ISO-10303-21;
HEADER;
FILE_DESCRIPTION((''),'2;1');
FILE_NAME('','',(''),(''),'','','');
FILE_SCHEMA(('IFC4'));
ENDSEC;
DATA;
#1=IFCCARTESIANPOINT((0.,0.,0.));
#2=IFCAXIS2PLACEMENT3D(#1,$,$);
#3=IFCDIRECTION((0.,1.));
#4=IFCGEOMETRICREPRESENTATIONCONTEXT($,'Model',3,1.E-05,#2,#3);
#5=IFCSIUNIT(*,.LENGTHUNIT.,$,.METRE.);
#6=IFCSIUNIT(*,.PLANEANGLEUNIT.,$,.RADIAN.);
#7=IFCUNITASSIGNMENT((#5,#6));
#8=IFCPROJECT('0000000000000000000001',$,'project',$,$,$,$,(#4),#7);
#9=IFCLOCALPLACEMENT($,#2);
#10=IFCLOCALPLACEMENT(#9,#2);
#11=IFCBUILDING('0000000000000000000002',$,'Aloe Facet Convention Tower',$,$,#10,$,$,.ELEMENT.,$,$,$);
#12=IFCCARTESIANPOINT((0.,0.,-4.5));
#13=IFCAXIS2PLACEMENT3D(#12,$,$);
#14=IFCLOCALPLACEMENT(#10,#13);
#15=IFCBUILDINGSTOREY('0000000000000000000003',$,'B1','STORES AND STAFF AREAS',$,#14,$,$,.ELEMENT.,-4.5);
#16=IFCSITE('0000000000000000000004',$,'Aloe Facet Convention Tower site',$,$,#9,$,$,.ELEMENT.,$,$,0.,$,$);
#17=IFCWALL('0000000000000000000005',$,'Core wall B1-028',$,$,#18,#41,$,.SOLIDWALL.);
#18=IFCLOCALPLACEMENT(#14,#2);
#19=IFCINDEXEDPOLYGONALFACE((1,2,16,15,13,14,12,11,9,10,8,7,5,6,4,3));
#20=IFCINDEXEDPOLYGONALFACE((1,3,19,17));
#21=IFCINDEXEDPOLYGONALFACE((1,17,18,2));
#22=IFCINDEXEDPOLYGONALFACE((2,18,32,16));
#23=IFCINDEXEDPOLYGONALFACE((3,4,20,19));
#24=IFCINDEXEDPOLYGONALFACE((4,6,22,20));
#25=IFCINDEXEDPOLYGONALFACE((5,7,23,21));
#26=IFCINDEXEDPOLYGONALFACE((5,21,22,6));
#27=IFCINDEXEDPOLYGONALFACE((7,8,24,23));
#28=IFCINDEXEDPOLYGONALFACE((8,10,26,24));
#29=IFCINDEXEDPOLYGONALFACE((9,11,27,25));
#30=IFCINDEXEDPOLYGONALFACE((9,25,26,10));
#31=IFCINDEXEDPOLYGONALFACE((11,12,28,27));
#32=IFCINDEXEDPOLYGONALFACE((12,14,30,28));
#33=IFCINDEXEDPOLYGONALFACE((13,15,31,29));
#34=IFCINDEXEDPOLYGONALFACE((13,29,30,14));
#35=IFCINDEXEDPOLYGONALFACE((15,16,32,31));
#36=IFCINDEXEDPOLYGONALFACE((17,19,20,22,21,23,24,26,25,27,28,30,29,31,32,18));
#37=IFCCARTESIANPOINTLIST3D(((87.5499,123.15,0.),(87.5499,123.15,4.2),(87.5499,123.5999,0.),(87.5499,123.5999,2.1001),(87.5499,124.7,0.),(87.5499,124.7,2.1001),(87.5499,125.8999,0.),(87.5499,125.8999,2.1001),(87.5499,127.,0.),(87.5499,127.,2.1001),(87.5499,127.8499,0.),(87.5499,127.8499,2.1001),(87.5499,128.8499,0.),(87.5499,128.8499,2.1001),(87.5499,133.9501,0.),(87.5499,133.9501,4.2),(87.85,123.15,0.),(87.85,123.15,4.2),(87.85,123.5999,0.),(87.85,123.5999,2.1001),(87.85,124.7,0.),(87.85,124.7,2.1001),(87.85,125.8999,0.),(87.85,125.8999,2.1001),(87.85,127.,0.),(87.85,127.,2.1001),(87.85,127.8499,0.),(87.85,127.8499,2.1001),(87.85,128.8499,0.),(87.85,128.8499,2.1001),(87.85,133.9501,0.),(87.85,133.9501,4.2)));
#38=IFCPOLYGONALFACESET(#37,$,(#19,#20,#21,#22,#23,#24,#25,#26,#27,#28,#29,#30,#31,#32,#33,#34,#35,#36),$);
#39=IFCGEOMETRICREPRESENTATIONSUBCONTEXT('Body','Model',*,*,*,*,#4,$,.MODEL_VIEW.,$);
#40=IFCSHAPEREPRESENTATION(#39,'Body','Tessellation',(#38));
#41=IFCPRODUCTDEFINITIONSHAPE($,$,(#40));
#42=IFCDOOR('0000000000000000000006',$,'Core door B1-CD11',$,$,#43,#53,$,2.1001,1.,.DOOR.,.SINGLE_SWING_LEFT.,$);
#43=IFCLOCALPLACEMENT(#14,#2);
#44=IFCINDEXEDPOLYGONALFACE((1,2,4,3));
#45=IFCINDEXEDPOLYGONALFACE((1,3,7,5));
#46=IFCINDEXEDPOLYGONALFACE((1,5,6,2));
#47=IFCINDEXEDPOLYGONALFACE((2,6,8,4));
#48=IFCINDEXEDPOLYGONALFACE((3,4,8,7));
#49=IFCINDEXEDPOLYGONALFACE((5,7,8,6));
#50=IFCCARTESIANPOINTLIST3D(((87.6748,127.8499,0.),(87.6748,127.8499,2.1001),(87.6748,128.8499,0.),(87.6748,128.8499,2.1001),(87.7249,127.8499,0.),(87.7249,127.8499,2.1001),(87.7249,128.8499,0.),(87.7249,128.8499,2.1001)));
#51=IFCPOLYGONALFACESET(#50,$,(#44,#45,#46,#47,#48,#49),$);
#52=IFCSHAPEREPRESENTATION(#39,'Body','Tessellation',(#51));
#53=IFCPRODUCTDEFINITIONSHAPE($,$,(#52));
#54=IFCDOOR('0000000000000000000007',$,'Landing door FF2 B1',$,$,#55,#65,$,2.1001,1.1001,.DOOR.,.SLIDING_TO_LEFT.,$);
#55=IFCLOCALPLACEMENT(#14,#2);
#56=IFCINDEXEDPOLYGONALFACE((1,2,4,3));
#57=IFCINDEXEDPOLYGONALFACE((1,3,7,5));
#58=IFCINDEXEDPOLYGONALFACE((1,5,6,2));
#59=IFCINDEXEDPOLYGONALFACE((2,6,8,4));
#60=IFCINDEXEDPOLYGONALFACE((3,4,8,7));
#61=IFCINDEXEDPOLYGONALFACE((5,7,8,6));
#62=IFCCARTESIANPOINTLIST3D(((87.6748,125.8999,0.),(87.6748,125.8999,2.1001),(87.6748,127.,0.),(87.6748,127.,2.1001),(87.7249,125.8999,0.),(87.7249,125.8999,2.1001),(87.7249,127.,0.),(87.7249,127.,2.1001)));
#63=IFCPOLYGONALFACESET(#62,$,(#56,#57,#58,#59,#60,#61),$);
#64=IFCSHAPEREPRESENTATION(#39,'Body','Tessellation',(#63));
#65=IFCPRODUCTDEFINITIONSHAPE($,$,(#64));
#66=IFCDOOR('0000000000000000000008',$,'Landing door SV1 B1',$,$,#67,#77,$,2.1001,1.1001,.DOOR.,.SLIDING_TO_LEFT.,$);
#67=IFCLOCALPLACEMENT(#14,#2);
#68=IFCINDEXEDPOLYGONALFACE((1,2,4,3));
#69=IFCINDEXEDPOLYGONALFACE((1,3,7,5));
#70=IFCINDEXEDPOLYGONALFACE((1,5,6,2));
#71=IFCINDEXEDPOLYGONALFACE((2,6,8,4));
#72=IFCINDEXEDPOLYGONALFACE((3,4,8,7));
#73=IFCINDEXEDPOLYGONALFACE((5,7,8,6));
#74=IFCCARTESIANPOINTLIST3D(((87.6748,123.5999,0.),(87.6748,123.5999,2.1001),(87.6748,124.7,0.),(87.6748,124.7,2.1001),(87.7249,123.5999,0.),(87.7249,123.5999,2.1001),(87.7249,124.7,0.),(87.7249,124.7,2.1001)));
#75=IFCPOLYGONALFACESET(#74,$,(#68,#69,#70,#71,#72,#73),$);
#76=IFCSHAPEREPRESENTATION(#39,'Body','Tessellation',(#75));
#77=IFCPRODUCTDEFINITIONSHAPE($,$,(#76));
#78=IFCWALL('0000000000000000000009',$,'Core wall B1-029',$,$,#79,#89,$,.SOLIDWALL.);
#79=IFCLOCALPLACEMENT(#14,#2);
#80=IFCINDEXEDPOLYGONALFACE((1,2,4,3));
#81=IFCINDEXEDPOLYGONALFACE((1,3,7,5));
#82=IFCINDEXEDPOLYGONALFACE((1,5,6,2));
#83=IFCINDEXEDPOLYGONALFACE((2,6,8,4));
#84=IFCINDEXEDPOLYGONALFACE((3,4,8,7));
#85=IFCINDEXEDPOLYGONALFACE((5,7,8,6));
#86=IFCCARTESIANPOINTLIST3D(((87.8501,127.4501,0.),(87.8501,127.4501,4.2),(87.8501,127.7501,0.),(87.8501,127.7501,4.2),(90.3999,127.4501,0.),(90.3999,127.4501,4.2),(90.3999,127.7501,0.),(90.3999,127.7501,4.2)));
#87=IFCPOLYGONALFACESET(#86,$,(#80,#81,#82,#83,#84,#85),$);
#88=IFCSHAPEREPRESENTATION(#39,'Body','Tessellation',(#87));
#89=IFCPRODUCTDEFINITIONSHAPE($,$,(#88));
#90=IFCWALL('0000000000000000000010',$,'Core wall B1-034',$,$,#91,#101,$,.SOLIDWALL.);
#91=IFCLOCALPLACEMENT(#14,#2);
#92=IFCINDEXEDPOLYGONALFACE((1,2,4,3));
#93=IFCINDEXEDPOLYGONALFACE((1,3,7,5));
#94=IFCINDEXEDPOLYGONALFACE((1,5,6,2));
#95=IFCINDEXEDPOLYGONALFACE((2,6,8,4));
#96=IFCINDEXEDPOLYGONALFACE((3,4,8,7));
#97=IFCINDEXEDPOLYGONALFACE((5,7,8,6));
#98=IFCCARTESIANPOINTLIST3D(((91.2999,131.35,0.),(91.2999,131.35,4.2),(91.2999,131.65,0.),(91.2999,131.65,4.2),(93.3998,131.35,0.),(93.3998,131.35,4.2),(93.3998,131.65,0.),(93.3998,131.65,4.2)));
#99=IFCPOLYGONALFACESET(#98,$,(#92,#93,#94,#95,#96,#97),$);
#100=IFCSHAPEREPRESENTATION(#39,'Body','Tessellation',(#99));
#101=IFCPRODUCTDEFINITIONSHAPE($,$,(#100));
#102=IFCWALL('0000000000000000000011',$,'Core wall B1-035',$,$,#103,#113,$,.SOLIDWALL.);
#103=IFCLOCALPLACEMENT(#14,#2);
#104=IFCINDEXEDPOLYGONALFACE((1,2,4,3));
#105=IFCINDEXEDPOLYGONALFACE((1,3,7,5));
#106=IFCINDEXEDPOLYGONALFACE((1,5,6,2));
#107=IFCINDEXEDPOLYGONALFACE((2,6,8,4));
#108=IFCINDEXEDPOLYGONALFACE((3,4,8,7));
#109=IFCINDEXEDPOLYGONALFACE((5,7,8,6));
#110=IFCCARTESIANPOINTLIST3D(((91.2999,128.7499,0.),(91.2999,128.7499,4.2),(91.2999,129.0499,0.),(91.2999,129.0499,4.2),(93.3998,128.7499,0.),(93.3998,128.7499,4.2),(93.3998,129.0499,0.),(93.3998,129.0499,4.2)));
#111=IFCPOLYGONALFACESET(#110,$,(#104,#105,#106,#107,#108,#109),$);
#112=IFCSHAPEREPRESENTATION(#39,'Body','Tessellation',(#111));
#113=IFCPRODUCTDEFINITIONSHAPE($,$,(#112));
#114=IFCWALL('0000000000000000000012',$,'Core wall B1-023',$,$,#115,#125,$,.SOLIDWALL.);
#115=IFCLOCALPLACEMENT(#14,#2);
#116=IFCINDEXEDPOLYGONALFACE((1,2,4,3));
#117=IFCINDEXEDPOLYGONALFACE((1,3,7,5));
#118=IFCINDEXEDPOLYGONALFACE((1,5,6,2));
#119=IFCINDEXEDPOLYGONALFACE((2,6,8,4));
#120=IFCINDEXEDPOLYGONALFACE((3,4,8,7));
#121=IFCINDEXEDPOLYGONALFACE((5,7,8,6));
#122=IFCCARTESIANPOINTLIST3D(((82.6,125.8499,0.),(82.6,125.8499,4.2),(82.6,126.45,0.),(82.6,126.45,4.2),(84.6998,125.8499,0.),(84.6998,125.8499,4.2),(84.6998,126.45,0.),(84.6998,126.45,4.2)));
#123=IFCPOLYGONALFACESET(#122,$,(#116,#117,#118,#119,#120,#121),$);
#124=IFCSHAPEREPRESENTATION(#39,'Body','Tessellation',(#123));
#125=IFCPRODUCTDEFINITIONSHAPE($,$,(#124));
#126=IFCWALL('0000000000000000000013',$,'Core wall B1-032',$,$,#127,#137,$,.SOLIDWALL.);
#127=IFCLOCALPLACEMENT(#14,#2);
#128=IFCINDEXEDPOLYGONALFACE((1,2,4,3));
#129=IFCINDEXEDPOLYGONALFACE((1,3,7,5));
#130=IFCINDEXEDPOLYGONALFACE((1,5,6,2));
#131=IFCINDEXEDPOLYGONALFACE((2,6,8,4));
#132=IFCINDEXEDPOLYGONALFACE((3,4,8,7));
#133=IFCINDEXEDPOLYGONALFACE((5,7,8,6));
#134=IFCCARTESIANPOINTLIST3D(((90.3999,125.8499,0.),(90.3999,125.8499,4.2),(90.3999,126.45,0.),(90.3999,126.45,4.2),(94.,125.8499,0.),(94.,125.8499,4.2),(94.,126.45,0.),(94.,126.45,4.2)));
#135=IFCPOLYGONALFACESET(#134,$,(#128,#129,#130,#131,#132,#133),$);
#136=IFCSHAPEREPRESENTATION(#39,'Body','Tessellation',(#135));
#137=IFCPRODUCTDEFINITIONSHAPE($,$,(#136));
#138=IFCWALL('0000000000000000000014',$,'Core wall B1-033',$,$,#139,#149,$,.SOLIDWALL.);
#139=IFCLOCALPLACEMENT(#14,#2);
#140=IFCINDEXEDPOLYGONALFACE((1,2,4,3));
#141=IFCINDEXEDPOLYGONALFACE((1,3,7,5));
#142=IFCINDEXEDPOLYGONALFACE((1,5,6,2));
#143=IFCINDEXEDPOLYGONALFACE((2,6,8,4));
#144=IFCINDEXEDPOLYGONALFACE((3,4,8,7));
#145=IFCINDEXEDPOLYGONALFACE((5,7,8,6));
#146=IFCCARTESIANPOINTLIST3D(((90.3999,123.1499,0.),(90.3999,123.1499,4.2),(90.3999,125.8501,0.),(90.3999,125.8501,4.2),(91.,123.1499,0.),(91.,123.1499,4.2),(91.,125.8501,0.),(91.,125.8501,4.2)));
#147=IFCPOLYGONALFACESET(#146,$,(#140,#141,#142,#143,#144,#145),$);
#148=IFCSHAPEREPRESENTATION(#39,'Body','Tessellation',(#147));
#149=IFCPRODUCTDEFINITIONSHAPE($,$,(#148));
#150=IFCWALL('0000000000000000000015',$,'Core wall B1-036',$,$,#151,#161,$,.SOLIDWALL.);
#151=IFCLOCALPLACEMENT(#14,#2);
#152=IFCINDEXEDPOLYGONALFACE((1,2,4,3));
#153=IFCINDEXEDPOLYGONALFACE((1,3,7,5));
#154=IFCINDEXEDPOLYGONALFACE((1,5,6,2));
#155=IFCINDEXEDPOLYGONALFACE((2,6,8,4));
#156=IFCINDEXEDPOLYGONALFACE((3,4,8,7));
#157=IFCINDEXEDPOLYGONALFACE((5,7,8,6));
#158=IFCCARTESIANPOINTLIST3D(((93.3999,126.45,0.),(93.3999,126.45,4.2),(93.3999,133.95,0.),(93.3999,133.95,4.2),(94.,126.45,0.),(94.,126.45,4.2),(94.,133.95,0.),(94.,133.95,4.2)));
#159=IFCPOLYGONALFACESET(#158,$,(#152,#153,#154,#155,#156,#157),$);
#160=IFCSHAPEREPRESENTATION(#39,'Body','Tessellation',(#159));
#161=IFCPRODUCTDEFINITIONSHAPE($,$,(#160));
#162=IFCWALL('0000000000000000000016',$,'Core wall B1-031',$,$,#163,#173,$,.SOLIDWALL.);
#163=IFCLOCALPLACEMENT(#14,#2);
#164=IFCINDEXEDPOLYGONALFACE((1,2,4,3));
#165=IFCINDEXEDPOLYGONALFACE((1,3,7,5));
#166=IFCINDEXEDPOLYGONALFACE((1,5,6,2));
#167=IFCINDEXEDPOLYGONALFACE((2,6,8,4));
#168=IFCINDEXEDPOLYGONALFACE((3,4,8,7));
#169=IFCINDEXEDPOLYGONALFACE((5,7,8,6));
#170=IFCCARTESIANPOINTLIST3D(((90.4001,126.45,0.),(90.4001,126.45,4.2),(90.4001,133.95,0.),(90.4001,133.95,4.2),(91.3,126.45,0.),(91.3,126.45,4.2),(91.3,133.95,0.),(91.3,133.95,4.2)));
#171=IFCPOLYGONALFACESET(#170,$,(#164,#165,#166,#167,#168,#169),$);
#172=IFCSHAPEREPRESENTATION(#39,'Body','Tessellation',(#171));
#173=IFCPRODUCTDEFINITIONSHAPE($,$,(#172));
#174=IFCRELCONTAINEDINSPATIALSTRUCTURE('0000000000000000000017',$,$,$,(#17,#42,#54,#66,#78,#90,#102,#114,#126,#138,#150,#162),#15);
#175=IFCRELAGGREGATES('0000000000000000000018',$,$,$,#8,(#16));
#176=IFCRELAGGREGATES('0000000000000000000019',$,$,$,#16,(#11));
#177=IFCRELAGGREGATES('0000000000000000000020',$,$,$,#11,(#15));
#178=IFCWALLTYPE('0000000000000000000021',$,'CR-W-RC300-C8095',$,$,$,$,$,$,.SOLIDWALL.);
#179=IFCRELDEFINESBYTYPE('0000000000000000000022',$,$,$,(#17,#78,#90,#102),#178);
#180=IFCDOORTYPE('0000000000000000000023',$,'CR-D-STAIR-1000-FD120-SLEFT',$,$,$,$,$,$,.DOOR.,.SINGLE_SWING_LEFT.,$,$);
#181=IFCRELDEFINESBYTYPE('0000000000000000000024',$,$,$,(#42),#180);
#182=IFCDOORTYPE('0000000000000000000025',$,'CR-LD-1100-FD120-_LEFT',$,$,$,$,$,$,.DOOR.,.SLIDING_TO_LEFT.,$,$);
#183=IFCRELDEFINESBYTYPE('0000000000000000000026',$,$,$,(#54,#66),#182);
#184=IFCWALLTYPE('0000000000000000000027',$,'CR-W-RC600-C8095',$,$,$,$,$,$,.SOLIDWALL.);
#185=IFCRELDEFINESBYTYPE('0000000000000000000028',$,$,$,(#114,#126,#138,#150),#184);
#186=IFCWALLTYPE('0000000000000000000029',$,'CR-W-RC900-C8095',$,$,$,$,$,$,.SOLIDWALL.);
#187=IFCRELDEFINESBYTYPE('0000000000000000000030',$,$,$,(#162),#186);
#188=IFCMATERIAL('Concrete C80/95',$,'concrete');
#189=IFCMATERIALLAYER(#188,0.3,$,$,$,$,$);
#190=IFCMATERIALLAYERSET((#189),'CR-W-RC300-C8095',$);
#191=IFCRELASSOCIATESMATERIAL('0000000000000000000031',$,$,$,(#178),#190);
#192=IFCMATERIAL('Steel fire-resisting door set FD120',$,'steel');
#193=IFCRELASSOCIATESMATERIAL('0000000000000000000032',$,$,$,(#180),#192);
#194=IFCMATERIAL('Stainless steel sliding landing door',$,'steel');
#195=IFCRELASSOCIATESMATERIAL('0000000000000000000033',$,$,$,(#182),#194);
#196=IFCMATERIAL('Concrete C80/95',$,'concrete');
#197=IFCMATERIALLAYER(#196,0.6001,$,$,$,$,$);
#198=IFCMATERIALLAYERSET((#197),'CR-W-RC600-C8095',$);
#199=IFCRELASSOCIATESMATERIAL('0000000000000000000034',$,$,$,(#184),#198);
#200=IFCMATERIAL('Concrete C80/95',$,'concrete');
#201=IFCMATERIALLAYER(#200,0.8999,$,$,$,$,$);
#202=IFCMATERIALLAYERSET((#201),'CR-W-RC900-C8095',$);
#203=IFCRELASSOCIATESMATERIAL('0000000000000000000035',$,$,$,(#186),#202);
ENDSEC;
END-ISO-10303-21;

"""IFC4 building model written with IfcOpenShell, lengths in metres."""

from ifc_helpers import new_model, si_unit, direction, frame, frame_2d, origin, place, context, subcontext, project, spatial, rectangle, extrude, material, layer, layer_set, type_object, element, fill, save


model = new_model("IFC4")

# Units and contexts
model_context = context("Model", 3, precision=1e-05, world=origin(), true_north=direction((0.0, 1.0)))
body_context = subcontext(model_context, "Body", "Model", "MODEL_VIEW")
ifc_project = project(units=[si_unit("LENGTHUNIT", "METRE"), si_unit("PLANEANGLEUNIT", "RADIAN")], contexts=[model_context])

# Site, building, storey
site_placement = place(None, origin())
site = spatial("IfcSite", under=ifc_project, at=site_placement, Name="Aloe Facet Convention Tower site", CompositionType="ELEMENT", RefElevation=0.0)
building_placement = place(site_placement, origin())
building = spatial("IfcBuilding", under=site, at=building_placement, Name="Aloe Facet Convention Tower", CompositionType="ELEMENT")
storey_placement = place(building_placement, frame((0.0, 0.0, -4.5)))
storey = spatial("IfcBuildingStorey", under=building, at=storey_placement, Name="B1", Description="STORES AND STAFF AREAS", CompositionType="ELEMENT", Elevation=-4.5)

# Shared definitions
ifc_material_1 = material(Name="Concrete C80/95", Category="concrete")
ifc_layer_1 = layer(ifc_material_1, 0.3)
ifc_layer_set_1 = layer_set([ifc_layer_1], Name="CR-W-RC300-C8095")
wall_type_1 = type_object("IfcWallType", Name="CR-W-RC300-C8095", PredefinedType="SOLIDWALL", material=ifc_layer_set_1)

# Wall, openings, doors
wall_1_placement = place(storey_placement, frame((87.7, 133.95, 0.0), z_axis=(0.0, 0.0, 1.0), x_axis=(0.0, -1.0, 0.0)))
wall_1 = element("IfcWall", 1, at=wall_1_placement, inside=storey, type_object=wall_type_1, Name="Core wall B1-028", PredefinedType="SOLIDWALL", context=body_context, shape_type="SweptSolid", body=[
    extrude(rectangle(XDim=10.8, YDim=0.3, at=frame_2d((5.3999, 0.0))), origin(), (0.0, 0.0, 1.0), 4.2),
])
opening_1_placement = place(wall_1_placement, frame((6.95, 0.0, 0.0)))
opening_1 = element("IfcOpeningElement", 2, at=opening_1_placement, cuts=wall_1, PredefinedType="OPENING", context=body_context, shape_type="SweptSolid", body=[
    extrude(rectangle(XDim=1.1001, YDim=2.1001, at=frame_2d((0.55, 1.05))), frame((0.0, 0.1602, 0.0), z_axis=(0.0, -1.0, 0.0), x_axis=(1.0, 0.0, 0.0)), (0.0, 0.0, 1.0), 0.3201),
])
opening_2_placement = place(wall_1_placement, frame((5.1001, 0.0, 0.0)))
opening_2 = element("IfcOpeningElement", 3, at=opening_2_placement, cuts=wall_1, PredefinedType="OPENING", context=body_context, shape_type="SweptSolid", body=[
    extrude(rectangle(XDim=1.0, YDim=2.1001, at=frame_2d((0.5, 1.05))), frame((0.0, 0.1602, 0.0), z_axis=(0.0, -1.0, 0.0), x_axis=(1.0, 0.0, 0.0)), (0.0, 0.0, 1.0), 0.3201),
])
opening_3_placement = place(wall_1_placement, frame((9.25, 0.0, 0.0)))
opening_3 = element("IfcOpeningElement", 4, at=opening_3_placement, cuts=wall_1, PredefinedType="OPENING", context=body_context, shape_type="SweptSolid", body=[
    extrude(rectangle(XDim=1.1001, YDim=2.1001, at=frame_2d((0.55, 1.05))), frame((0.0, 0.1602, 0.0), z_axis=(0.0, -1.0, 0.0), x_axis=(1.0, 0.0, 0.0)), (0.0, 0.0, 1.0), 0.3201),
])
ifc_material_2 = material(Name="Steel fire-resisting door set FD120", Category="steel")
door_type_1 = type_object("IfcDoorType", Name="CR-D-STAIR-1000-FD120-SLEFT", OperationType="SINGLE_SWING_LEFT", PredefinedType="DOOR", material=ifc_material_2)
door_1_placement = place(opening_2_placement, origin())
door_1 = element("IfcDoor", 5, at=door_1_placement, inside=storey, type_object=door_type_1, Name="Core door B1-CD11", OperationType="SINGLE_SWING_LEFT", OverallHeight=2.1001, OverallWidth=1.0, PredefinedType="DOOR", context=body_context, shape_type="SweptSolid", body=[
    extrude(rectangle(XDim=1.0, YDim=2.1001, at=frame_2d((0.5, 1.05))), frame((0.0, 0.0249, 0.0), z_axis=(0.0, -1.0, 0.0), x_axis=(1.0, 0.0, 0.0)), (0.0, 0.0, 1.0), 0.05),
])
fill(opening_2, door_1)
ifc_material_3 = material(Name="Stainless steel sliding landing door", Category="steel")
door_type_2 = type_object("IfcDoorType", Name="CR-LD-1100-FD120-_LEFT", OperationType="SLIDING_TO_LEFT", PredefinedType="DOOR", material=ifc_material_3)
door_2_placement = place(opening_1_placement, origin())
door_2 = element("IfcDoor", 6, at=door_2_placement, inside=storey, type_object=door_type_2, Name="Landing door FF2 B1", OperationType="SLIDING_TO_LEFT", OverallHeight=2.1001, OverallWidth=1.1001, PredefinedType="DOOR", context=body_context, shape_type="SweptSolid", body=[
    extrude(rectangle(XDim=1.1001, YDim=2.1001, at=frame_2d((0.55, 1.05))), frame((0.0, 0.0249, 0.0), z_axis=(0.0, -1.0, 0.0), x_axis=(1.0, 0.0, 0.0)), (0.0, 0.0, 1.0), 0.05),
])
fill(opening_1, door_2)
door_3_placement = place(opening_3_placement, origin())
door_3 = element("IfcDoor", 7, at=door_3_placement, inside=storey, type_object=door_type_2, Name="Landing door SV1 B1", OperationType="SLIDING_TO_LEFT", OverallHeight=2.1001, OverallWidth=1.1001, PredefinedType="DOOR", context=body_context, shape_type="SweptSolid", body=[
    extrude(rectangle(XDim=1.1001, YDim=2.1001, at=frame_2d((0.55, 1.05))), frame((0.0, 0.0249, 0.0), z_axis=(0.0, -1.0, 0.0), x_axis=(1.0, 0.0, 0.0)), (0.0, 0.0, 1.0), 0.05),
])
fill(opening_3, door_3)

# Walls
wall_2_placement = place(storey_placement, frame((87.8501, 127.6001, 0.0), z_axis=(0.0, 0.0, 1.0), x_axis=(1.0, 0.0, 0.0)))
element("IfcWall", 8, at=wall_2_placement, inside=storey, type_object=wall_type_1, Name="Core wall B1-029", PredefinedType="SOLIDWALL", context=body_context, shape_type="SweptSolid", body=[
    extrude(rectangle(XDim=2.5498, YDim=0.3, at=frame_2d((1.2749, 0.0))), origin(), (0.0, 0.0, 1.0), 4.2),
])
for number, where, z_axis, x_axis, name in (
    (9, (91.3, 131.5, 0.0), (0.0, 0.0, 1.0), (1.0, 0.0, 0.0), "Core wall B1-034"),
    (10, (91.3, 128.8999, 0.0), (0.0, 0.0, 1.0), (1.0, 0.0, 0.0), "Core wall B1-035"),
):
    element("IfcWall", number, at=place(storey_placement, frame(where, z_axis=z_axis, x_axis=x_axis)), inside=storey, type_object=wall_type_1, Name=name, PredefinedType="SOLIDWALL", context=body_context, shape_type="SweptSolid", body=[
        extrude(rectangle(XDim=2.0999, YDim=0.3, at=frame_2d((1.0498, 0.0))), origin(), (0.0, 0.0, 1.0), 4.2),
    ])
ifc_material_4 = material(Name="Concrete C80/95", Category="concrete")
ifc_layer_2 = layer(ifc_material_4, 0.6001)
ifc_layer_set_2 = layer_set([ifc_layer_2], Name="CR-W-RC600-C8095")
wall_type_2 = type_object("IfcWallType", Name="CR-W-RC600-C8095", PredefinedType="SOLIDWALL", material=ifc_layer_set_2)
wall_3_placement = place(storey_placement, frame((82.6001, 126.1499, 0.0), z_axis=(0.0, 0.0, 1.0), x_axis=(1.0, 0.0, 0.0)))
element("IfcWall", 11, at=wall_3_placement, inside=storey, type_object=wall_type_2, Name="Core wall B1-023", PredefinedType="SOLIDWALL", context=body_context, shape_type="SweptSolid", body=[
    extrude(rectangle(XDim=2.0999, YDim=0.6001, at=frame_2d((1.0498, 0.0))), origin(), (0.0, 0.0, 1.0), 4.2),
])
wall_4_placement = place(storey_placement, frame((90.3999, 126.1499, 0.0), z_axis=(0.0, 0.0, 1.0), x_axis=(1.0, 0.0, 0.0)))
element("IfcWall", 12, at=wall_4_placement, inside=storey, type_object=wall_type_2, Name="Core wall B1-032", PredefinedType="SOLIDWALL", context=body_context, shape_type="SweptSolid", body=[
    extrude(rectangle(XDim=3.6001, YDim=0.6001, at=frame_2d((1.8, 0.0))), origin(), (0.0, 0.0, 1.0), 4.2),
])
wall_5_placement = place(storey_placement, frame((90.7, 125.8501, 0.0), z_axis=(0.0, 0.0, 1.0), x_axis=(0.0, -1.0, 0.0)))
element("IfcWall", 13, at=wall_5_placement, inside=storey, type_object=wall_type_2, Name="Core wall B1-033", PredefinedType="SOLIDWALL", context=body_context, shape_type="SweptSolid", body=[
    extrude(rectangle(XDim=2.7002, YDim=0.6001, at=frame_2d((1.3501, 0.0))), origin(), (0.0, 0.0, 1.0), 4.2),
])
wall_6_placement = place(storey_placement, frame((93.7, 133.95, 0.0), z_axis=(0.0, 0.0, 1.0), x_axis=(0.0, -1.0, 0.0)))
element("IfcWall", 14, at=wall_6_placement, inside=storey, type_object=wall_type_2, Name="Core wall B1-036", PredefinedType="SOLIDWALL", context=body_context, shape_type="SweptSolid", body=[
    extrude(rectangle(XDim=7.5, YDim=0.6001, at=frame_2d((3.75, 0.0))), origin(), (0.0, 0.0, 1.0), 4.2),
])
ifc_material_5 = material(Name="Concrete C80/95", Category="concrete")
ifc_layer_3 = layer(ifc_material_5, 0.8999)
ifc_layer_set_3 = layer_set([ifc_layer_3], Name="CR-W-RC900-C8095")
wall_type_3 = type_object("IfcWallType", Name="CR-W-RC900-C8095", PredefinedType="SOLIDWALL", material=ifc_layer_set_3)
wall_7_placement = place(storey_placement, frame((90.8501, 133.95, 0.0), z_axis=(0.0, 0.0, 1.0), x_axis=(0.0, -1.0, 0.0)))
element("IfcWall", 15, at=wall_7_placement, inside=storey, type_object=wall_type_3, Name="Core wall B1-031", PredefinedType="SOLIDWALL", context=body_context, shape_type="SweptSolid", body=[
    extrude(rectangle(XDim=7.5, YDim=0.8999, at=frame_2d((3.75, 0.0))), origin(), (0.0, 0.0, 1.0), 4.2),
])

save(model, "model.ifc")
